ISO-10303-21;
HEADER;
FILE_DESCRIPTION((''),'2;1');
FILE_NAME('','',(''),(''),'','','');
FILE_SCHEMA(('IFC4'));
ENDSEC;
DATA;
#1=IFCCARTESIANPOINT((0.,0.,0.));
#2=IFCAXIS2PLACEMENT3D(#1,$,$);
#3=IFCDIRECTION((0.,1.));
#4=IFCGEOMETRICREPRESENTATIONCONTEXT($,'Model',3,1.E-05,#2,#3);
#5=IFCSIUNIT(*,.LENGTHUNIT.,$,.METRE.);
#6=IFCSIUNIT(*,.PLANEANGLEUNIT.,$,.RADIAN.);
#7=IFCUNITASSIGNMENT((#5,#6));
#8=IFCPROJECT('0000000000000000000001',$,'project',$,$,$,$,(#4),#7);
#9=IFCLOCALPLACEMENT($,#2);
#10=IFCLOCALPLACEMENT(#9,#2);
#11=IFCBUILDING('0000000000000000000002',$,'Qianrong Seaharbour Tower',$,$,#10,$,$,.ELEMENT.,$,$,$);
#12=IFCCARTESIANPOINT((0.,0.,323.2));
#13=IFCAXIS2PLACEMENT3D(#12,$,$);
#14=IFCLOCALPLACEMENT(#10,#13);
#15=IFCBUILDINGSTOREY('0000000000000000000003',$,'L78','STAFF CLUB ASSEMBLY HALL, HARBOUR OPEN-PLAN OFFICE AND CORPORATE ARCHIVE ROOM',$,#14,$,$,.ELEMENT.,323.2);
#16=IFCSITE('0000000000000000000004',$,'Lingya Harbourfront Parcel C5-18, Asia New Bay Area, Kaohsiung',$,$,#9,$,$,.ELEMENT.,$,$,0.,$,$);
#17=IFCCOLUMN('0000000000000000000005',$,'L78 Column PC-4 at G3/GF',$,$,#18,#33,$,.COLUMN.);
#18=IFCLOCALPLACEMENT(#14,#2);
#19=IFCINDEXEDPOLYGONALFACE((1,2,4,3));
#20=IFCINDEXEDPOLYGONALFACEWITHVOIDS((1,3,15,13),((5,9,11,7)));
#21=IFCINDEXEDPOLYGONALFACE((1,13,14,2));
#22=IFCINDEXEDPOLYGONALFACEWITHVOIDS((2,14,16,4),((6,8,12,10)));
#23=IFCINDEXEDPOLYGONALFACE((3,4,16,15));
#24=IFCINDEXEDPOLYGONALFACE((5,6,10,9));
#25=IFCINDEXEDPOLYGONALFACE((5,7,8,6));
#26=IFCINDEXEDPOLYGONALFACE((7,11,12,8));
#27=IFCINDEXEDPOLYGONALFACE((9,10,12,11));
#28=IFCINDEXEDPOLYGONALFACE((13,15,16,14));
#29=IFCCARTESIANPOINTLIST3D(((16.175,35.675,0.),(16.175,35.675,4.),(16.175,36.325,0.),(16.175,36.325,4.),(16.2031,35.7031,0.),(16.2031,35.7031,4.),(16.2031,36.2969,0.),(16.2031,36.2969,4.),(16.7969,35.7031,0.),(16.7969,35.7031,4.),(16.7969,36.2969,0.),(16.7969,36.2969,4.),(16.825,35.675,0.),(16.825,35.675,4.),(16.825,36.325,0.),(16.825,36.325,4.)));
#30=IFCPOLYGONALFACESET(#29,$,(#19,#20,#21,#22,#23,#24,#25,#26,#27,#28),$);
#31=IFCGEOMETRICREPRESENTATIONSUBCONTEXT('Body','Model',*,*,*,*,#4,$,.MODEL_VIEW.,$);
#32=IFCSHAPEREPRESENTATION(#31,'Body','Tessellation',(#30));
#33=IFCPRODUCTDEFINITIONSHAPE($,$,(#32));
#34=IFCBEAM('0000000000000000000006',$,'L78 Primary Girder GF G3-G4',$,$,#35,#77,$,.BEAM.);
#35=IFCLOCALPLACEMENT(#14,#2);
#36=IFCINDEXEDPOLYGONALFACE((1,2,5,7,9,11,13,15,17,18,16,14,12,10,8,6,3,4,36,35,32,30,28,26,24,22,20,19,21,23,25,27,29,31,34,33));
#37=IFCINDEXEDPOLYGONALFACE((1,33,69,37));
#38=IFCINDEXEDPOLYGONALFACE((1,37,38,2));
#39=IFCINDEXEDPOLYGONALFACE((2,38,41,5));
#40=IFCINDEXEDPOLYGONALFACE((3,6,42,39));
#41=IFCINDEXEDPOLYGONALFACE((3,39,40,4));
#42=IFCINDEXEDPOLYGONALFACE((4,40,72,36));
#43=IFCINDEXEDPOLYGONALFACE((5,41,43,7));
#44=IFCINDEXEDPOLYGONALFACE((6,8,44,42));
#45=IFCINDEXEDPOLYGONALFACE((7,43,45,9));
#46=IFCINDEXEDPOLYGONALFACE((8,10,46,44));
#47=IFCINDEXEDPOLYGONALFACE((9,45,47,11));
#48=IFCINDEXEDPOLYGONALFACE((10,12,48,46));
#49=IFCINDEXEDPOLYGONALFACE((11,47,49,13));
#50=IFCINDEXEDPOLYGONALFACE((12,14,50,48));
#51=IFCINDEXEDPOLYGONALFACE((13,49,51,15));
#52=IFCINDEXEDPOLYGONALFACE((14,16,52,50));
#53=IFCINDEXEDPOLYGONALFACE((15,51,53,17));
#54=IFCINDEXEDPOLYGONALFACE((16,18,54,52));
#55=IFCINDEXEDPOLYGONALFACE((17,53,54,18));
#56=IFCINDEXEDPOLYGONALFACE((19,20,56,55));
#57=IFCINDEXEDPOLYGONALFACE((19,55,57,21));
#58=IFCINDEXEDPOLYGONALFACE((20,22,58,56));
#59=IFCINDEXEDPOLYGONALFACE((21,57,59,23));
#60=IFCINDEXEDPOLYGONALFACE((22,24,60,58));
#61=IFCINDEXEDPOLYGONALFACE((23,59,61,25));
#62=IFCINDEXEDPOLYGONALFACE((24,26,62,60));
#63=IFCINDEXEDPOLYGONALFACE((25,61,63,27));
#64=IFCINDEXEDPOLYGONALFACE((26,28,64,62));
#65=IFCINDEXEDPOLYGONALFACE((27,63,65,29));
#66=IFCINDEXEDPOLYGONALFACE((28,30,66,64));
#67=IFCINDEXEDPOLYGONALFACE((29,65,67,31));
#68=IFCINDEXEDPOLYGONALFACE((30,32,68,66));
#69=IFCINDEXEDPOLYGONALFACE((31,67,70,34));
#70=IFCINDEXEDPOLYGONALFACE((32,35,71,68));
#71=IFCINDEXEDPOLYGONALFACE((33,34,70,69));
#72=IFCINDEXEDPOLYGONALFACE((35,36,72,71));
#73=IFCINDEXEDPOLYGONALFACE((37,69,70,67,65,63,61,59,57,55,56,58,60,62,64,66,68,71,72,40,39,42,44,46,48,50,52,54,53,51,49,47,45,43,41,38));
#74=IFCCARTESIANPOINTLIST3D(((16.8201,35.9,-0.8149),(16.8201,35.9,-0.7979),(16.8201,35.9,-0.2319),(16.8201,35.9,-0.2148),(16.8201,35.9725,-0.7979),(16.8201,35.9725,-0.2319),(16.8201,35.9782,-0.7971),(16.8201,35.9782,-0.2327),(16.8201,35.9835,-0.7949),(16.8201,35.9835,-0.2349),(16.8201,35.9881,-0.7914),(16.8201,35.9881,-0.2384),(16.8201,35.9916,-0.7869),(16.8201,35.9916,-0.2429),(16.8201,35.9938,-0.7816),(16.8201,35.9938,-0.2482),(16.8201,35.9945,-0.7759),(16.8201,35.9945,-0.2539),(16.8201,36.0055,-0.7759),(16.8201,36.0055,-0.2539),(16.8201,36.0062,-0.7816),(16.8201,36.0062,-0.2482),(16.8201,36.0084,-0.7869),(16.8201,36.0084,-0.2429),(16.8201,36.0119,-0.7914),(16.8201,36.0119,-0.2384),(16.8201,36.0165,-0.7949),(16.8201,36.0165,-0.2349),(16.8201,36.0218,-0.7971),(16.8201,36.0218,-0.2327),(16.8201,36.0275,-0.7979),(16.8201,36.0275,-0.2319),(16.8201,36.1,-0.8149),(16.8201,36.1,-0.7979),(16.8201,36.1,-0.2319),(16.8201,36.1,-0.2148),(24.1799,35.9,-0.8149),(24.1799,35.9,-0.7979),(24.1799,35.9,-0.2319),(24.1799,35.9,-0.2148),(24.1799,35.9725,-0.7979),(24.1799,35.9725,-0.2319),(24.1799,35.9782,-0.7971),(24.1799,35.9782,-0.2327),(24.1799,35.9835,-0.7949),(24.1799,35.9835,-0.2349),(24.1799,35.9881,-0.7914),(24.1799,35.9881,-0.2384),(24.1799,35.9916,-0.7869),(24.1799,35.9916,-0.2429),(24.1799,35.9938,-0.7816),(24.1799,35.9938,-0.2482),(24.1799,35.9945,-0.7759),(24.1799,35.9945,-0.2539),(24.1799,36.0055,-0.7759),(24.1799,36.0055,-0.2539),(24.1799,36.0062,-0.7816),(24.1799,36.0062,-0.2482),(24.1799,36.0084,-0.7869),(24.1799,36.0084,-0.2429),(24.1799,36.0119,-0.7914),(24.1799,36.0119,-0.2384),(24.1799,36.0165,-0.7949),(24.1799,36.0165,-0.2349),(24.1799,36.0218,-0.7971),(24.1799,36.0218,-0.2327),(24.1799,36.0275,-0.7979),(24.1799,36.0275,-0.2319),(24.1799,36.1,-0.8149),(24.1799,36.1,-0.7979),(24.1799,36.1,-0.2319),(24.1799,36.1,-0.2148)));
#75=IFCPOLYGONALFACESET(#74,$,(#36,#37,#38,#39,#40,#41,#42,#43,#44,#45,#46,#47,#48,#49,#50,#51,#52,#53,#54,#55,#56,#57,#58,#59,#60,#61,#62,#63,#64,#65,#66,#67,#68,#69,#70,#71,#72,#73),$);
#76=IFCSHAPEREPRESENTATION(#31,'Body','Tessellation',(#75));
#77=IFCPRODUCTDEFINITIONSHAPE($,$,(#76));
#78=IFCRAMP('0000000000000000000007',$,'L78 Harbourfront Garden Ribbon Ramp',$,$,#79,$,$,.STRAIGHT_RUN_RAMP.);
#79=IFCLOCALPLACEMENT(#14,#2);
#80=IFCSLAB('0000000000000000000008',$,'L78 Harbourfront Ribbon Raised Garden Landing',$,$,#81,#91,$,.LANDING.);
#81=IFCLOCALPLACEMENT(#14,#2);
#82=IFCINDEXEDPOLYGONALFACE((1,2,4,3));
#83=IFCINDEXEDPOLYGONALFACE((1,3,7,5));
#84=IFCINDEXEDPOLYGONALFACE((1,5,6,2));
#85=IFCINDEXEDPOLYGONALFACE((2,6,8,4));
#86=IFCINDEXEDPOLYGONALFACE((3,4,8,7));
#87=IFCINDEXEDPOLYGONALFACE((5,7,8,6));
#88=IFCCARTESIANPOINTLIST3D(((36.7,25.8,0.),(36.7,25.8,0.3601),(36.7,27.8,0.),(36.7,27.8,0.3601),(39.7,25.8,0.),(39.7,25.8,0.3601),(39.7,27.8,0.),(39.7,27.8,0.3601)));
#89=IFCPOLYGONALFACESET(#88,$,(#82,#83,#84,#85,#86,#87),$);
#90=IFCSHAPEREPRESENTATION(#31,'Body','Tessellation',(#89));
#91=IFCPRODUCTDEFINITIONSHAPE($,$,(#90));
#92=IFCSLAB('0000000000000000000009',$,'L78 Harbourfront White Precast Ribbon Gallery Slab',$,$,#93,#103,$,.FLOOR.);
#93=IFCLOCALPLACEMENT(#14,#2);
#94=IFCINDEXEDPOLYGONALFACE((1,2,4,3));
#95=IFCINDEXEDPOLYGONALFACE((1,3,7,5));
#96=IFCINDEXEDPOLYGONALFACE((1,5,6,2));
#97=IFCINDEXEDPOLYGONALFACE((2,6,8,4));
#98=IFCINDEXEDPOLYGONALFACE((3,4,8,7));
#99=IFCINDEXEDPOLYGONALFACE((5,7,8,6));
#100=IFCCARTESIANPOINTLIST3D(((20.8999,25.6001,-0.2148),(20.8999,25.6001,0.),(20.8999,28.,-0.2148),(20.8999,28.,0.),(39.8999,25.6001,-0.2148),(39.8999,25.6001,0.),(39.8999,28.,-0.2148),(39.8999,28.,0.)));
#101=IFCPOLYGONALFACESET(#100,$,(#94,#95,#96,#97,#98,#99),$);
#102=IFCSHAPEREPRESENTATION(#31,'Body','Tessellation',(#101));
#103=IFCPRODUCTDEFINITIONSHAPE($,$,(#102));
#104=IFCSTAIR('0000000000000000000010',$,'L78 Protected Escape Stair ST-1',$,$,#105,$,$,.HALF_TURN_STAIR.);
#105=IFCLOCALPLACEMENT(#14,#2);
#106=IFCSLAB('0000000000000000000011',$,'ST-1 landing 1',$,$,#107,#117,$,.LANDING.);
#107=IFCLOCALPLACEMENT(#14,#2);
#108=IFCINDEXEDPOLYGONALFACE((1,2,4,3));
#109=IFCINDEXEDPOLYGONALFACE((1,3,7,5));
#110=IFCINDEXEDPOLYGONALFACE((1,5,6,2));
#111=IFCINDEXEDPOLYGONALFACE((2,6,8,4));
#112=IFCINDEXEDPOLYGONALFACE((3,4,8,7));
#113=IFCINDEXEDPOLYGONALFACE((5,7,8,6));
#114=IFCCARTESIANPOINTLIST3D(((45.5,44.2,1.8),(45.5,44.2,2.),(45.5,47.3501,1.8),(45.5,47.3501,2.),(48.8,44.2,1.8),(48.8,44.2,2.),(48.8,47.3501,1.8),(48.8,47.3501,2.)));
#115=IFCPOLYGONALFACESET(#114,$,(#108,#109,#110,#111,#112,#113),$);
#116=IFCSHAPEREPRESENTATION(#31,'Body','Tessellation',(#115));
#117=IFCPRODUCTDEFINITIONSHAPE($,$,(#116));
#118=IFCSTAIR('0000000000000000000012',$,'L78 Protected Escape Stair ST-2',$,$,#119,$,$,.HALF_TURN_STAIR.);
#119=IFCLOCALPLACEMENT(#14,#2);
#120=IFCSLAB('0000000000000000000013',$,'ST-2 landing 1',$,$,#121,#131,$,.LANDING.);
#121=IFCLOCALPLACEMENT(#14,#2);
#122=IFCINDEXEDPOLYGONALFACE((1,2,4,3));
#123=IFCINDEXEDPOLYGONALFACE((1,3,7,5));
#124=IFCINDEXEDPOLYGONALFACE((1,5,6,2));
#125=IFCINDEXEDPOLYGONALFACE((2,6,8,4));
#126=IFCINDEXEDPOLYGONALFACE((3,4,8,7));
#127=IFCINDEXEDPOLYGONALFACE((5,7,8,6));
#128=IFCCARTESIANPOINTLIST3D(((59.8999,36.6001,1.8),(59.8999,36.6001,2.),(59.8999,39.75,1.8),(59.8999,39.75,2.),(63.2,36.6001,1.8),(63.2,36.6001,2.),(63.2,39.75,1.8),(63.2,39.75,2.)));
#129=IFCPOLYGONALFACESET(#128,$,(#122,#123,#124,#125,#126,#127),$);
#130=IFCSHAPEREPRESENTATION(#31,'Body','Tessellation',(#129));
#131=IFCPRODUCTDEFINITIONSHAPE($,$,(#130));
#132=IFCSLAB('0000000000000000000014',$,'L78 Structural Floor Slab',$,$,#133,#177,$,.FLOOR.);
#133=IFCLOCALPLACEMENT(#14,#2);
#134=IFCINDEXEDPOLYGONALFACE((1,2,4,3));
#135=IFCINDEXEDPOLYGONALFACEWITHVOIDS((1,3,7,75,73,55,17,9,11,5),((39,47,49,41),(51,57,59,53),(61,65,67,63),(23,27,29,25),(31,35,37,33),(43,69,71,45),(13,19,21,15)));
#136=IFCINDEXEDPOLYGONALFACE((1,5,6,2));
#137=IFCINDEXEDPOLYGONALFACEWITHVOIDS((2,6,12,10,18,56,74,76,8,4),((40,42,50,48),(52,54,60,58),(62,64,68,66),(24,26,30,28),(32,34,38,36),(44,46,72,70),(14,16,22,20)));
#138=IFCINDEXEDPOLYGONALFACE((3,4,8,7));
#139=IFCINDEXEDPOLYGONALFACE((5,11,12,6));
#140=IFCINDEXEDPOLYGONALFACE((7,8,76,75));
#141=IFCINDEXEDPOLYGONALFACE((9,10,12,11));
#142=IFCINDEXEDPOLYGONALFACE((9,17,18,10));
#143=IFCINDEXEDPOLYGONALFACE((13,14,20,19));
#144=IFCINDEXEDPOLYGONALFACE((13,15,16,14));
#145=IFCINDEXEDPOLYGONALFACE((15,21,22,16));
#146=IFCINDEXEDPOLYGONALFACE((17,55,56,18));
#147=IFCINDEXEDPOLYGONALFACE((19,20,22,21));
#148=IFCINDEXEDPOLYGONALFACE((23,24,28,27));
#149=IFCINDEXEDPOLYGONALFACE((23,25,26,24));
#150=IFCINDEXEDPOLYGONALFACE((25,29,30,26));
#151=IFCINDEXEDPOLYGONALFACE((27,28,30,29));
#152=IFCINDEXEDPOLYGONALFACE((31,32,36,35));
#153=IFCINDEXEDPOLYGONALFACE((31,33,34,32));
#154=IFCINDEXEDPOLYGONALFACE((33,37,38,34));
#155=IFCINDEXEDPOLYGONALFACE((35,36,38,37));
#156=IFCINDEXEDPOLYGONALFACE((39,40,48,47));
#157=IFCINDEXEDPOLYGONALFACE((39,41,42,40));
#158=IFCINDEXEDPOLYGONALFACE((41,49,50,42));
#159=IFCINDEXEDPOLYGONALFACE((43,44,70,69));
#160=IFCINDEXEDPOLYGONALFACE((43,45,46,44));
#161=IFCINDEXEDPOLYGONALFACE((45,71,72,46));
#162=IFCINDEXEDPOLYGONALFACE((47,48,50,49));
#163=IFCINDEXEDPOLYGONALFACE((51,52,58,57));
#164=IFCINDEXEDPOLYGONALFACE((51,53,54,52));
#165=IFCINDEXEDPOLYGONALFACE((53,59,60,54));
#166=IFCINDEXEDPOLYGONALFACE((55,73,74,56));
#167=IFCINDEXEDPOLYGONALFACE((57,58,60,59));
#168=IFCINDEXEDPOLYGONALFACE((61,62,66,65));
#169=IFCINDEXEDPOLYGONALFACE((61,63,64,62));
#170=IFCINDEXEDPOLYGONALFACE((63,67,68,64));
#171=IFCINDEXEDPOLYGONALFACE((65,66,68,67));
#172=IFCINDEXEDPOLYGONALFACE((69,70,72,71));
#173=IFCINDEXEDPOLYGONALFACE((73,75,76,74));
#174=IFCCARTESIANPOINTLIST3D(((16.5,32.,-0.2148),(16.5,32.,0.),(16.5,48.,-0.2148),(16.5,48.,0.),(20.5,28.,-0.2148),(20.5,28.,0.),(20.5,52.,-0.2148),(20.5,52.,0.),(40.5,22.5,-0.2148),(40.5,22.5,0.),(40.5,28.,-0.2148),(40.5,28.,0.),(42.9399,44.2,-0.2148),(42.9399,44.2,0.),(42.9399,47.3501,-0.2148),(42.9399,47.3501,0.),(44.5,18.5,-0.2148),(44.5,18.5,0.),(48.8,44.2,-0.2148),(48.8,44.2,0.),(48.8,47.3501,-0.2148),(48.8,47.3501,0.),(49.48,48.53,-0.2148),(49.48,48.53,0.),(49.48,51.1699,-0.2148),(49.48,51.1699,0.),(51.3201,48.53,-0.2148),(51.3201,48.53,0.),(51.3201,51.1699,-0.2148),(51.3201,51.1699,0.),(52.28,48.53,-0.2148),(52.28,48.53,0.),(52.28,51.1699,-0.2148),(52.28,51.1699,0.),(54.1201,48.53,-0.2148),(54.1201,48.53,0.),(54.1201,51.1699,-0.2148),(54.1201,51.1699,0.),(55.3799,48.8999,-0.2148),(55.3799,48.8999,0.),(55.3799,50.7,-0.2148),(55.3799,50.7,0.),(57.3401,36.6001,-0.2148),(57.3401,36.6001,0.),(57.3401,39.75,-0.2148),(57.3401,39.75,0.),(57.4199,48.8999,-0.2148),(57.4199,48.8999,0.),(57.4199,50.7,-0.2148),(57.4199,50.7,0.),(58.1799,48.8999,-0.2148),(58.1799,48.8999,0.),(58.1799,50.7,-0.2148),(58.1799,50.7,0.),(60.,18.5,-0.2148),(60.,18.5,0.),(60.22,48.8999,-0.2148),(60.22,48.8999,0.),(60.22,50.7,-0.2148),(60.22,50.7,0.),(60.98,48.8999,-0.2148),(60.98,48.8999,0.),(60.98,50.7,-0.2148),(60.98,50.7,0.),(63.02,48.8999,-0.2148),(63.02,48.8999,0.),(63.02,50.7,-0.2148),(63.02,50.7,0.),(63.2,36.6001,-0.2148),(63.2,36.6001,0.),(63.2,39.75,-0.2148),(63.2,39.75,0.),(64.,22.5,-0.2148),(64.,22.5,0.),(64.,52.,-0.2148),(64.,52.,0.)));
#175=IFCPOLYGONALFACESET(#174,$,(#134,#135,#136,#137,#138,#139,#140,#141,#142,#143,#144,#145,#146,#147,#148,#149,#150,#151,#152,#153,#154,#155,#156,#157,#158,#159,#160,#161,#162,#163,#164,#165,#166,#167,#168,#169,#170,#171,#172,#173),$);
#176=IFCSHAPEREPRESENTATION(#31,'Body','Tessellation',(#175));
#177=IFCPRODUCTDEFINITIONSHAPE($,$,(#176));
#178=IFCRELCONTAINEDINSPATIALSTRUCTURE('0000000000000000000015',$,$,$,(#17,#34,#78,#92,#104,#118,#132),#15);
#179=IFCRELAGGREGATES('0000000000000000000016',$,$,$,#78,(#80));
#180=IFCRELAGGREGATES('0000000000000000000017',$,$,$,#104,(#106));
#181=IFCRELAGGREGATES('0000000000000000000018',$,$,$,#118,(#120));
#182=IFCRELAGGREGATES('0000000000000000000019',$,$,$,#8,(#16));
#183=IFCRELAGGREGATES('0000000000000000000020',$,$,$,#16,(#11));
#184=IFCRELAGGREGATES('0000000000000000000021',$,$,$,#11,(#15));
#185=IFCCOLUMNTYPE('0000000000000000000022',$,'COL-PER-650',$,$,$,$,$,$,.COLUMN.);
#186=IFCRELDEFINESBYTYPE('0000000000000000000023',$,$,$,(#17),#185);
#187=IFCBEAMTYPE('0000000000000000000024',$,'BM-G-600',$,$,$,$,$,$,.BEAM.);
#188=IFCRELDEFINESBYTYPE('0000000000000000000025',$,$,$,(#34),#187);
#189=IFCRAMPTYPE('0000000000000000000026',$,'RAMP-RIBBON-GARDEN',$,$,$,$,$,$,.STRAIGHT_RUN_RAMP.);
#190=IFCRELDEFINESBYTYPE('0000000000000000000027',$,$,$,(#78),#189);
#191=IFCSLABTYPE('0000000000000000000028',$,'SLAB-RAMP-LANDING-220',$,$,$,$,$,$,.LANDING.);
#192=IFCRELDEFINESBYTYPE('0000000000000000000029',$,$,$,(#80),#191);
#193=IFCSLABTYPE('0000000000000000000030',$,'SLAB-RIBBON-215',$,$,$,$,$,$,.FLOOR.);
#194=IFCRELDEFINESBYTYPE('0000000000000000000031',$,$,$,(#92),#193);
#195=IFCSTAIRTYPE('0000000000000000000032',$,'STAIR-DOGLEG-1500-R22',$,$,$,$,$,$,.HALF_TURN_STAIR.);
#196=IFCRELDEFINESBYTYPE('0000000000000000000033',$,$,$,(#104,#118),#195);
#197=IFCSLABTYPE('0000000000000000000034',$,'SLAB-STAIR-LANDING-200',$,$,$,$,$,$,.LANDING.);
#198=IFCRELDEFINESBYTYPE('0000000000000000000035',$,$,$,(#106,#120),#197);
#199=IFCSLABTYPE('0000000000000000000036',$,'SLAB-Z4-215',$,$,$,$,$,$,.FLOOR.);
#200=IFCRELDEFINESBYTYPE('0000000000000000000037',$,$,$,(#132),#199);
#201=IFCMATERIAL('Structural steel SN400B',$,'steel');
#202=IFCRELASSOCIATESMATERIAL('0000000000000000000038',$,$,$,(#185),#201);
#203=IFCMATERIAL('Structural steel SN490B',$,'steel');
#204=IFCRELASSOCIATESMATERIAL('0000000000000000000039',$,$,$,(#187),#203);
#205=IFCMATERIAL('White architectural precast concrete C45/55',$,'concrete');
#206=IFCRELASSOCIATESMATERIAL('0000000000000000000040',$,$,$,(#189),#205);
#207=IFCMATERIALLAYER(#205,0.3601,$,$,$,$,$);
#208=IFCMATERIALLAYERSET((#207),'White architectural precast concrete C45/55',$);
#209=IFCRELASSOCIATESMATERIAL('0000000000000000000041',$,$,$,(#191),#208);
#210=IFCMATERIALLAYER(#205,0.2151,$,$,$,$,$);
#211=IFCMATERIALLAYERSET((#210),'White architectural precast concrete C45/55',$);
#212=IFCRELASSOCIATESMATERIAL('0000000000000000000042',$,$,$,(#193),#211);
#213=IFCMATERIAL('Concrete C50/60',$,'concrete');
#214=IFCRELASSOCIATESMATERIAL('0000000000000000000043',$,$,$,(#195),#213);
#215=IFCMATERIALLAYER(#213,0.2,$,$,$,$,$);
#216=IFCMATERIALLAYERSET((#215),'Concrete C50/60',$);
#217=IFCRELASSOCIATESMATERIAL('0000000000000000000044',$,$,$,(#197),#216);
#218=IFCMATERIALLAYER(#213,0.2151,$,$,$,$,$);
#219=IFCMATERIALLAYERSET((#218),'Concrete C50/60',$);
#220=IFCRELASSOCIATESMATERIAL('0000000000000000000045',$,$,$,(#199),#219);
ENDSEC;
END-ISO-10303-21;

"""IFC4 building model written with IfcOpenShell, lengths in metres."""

from ifc_helpers import new_model, si_unit, direction, frame, origin, origin_2d, place, context, subcontext, project, spatial, polyline, hollow_rectangle, i_section, outline, extrude, material, layer, layer_set, material_profile, profile_set, type_object, element, aggregate, save


model = new_model("IFC4")

# Units and contexts
model_context = context("Model", 3, precision=1e-05, world=origin(), true_north=direction((0.0, 1.0)))
body_context = subcontext(model_context, "Body", "Model", "MODEL_VIEW")
ifc_project = project(units=[si_unit("LENGTHUNIT", "METRE"), si_unit("PLANEANGLEUNIT", "RADIAN")], contexts=[model_context])

# Site, building, storey
site_placement = place(None, origin())
site = spatial("IfcSite", under=ifc_project, at=site_placement, Name="Lingya Harbourfront Parcel C5-18, Asia New Bay Area, Kaohsiung", CompositionType="ELEMENT", RefElevation=0.0)
building_placement = place(site_placement, origin())
building = spatial("IfcBuilding", under=site, at=building_placement, Name="Qianrong Seaharbour Tower", CompositionType="ELEMENT")
storey_placement = place(building_placement, frame((0.0, 0.0, 323.2)))
storey = spatial("IfcBuildingStorey", under=building, at=storey_placement, Name="L78", Description="STAFF CLUB ASSEMBLY HALL, HARBOUR OPEN-PLAN OFFICE AND CORPORATE ARCHIVE ROOM", CompositionType="ELEMENT", Elevation=323.2)

# Column
ifc_material_1 = material(Name="Structural steel SN400B", Category="steel")
ifc_material_profile_1 = material_profile(ifc_material_1, hollow_rectangle(XDim=0.6499, YDim=0.6499, WallThickness=0.0281, at=origin_2d()), Name="BOX650x650x28")
ifc_profile_set_1 = profile_set([ifc_material_profile_1], Name="Structural steel SN400B")
column_type = type_object("IfcColumnType", Name="COL-PER-650", PredefinedType="COLUMN", material=ifc_profile_set_1)
column_placement = place(storey_placement, frame((16.5, 36.0, 0.0), z_axis=(0.0, 0.0, 1.0), x_axis=(1.0, 0.0, 0.0)))
element("IfcColumn", 1, at=column_placement, inside=storey, type_object=column_type, Name="L78 Column PC-4 at G3/GF", PredefinedType="COLUMN", context=body_context, shape_type="SweptSolid", body=[
    extrude(hollow_rectangle(XDim=0.6499, YDim=0.6499, WallThickness=0.0281, at=origin_2d()), origin(), (0.0, 0.0, 1.0), 4.0),
])

# Beam
ifc_material_2 = material(Name="Structural steel SN490B", Category="steel")
ifc_material_profile_2 = material_profile(ifc_material_2, i_section(OverallWidth=0.2, OverallDepth=0.6001, WebThickness=0.011, FlangeThickness=0.0171, FilletRadius=0.022, at=origin_2d()), Name="H600x200x11x17")
ifc_profile_set_2 = profile_set([ifc_material_profile_2], Name="Structural steel SN490B")
beam_type = type_object("IfcBeamType", Name="BM-G-600", PredefinedType="BEAM", material=ifc_profile_set_2)
beam_placement = place(storey_placement, frame((16.8201, 36.0, -0.5149), z_axis=(1.0, 0.0, 0.0), x_axis=(0.0, 1.0, 0.0)))
element("IfcBeam", 2, at=beam_placement, inside=storey, type_object=beam_type, Name="L78 Primary Girder GF G3-G4", PredefinedType="BEAM", context=body_context, shape_type="SweptSolid", body=[
    extrude(i_section(OverallWidth=0.2, OverallDepth=0.6001, WebThickness=0.011, FlangeThickness=0.0171, FilletRadius=0.022, at=origin_2d()), origin(), (0.0, 0.0, 1.0), 7.3599),
])

# Ramp, slab
ifc_material_3 = material(Name="White architectural precast concrete C45/55", Category="concrete")
ramp_type = type_object("IfcRampType", Name="RAMP-RIBBON-GARDEN", PredefinedType="STRAIGHT_RUN_RAMP", material=ifc_material_3)
ramp_placement = place(storey_placement, origin())
ramp = element("IfcRamp", 3, at=ramp_placement, inside=storey, type_object=ramp_type, Name="L78 Harbourfront Garden Ribbon Ramp", PredefinedType="STRAIGHT_RUN_RAMP")
ifc_layer_1 = layer(ifc_material_3, 0.3601)
ifc_layer_set_1 = layer_set([ifc_layer_1], Name="White architectural precast concrete C45/55")
slab_type_1 = type_object("IfcSlabType", Name="SLAB-RAMP-LANDING-220", PredefinedType="LANDING", material=ifc_layer_set_1)
slab_1_placement = place(storey_placement, origin())
slab_1 = element("IfcSlab", 4, at=slab_1_placement, type_object=slab_type_1, Name="L78 Harbourfront Ribbon Raised Garden Landing", PredefinedType="LANDING", context=body_context, shape_type="SweptSolid", body=[
    extrude(outline(polyline([(36.7, 25.8), (39.7, 25.8), (39.7, 27.8), (36.7, 27.8), (36.7, 25.8)])), origin(), (0.0, 0.0, 1.0), 0.3601),
])
aggregate(ramp, [slab_1])

# Slab
ifc_layer_2 = layer(ifc_material_3, 0.2151)
ifc_layer_set_2 = layer_set([ifc_layer_2], Name="White architectural precast concrete C45/55")
slab_type_2 = type_object("IfcSlabType", Name="SLAB-RIBBON-215", PredefinedType="FLOOR", material=ifc_layer_set_2)
slab_2_placement = place(storey_placement, frame((0.0, 0.0, -0.2148)))
element("IfcSlab", 5, at=slab_2_placement, inside=storey, type_object=slab_type_2, Name="L78 Harbourfront White Precast Ribbon Gallery Slab", PredefinedType="FLOOR", context=body_context, shape_type="SweptSolid", body=[
    extrude(outline(polyline([(20.8999, 25.6001), (39.8999, 25.6001), (39.8999, 28.0), (20.8999, 28.0), (20.8999, 25.6001)])), origin(), (0.0, 0.0, 1.0), 0.2148),
])

# Stairs, slabs
ifc_material_4 = material(Name="Concrete C50/60", Category="concrete")
stair_type = type_object("IfcStairType", Name="STAIR-DOGLEG-1500-R22", PredefinedType="HALF_TURN_STAIR", material=ifc_material_4)
stair_1_placement = place(storey_placement, origin())
stair_1 = element("IfcStair", 6, at=stair_1_placement, inside=storey, type_object=stair_type, Name="L78 Protected Escape Stair ST-1", PredefinedType="HALF_TURN_STAIR")
ifc_layer_3 = layer(ifc_material_4, 0.2)
ifc_layer_set_3 = layer_set([ifc_layer_3], Name="Concrete C50/60")
slab_type_3 = type_object("IfcSlabType", Name="SLAB-STAIR-LANDING-200", PredefinedType="LANDING", material=ifc_layer_set_3)
slab_3_placement = place(storey_placement, frame((0.0, 0.0, 1.8)))
slab_3 = element("IfcSlab", 7, at=slab_3_placement, type_object=slab_type_3, Name="ST-1 landing 1", PredefinedType="LANDING", context=body_context, shape_type="SweptSolid", body=[
    extrude(outline(polyline([(45.5, 44.2), (48.8, 44.2), (48.8, 47.3501), (45.5, 47.3501), (45.5, 44.2)])), origin(), (0.0, 0.0, 1.0), 0.2),
])
aggregate(stair_1, [slab_3])
stair_2_placement = place(storey_placement, origin())
stair_2 = element("IfcStair", 8, at=stair_2_placement, inside=storey, type_object=stair_type, Name="L78 Protected Escape Stair ST-2", PredefinedType="HALF_TURN_STAIR")
slab_4_placement = place(storey_placement, frame((0.0, 0.0, 1.8)))
slab_4 = element("IfcSlab", 9, at=slab_4_placement, type_object=slab_type_3, Name="ST-2 landing 1", PredefinedType="LANDING", context=body_context, shape_type="SweptSolid", body=[
    extrude(outline(polyline([(59.8999, 36.6001), (63.2, 36.6001), (63.2, 39.75), (59.8999, 39.75), (59.8999, 36.6001)])), origin(), (0.0, 0.0, 1.0), 0.2),
])
aggregate(stair_2, [slab_4])

# Slab
ifc_layer_4 = layer(ifc_material_4, 0.2151)
ifc_layer_set_4 = layer_set([ifc_layer_4], Name="Concrete C50/60")
slab_type_4 = type_object("IfcSlabType", Name="SLAB-Z4-215", PredefinedType="FLOOR", material=ifc_layer_set_4)
slab_5_placement = place(storey_placement, frame((0.0, 0.0, -0.2148)))
element("IfcSlab", 10, at=slab_5_placement, inside=storey, type_object=slab_type_4, Name="L78 Structural Floor Slab", PredefinedType="FLOOR", context=body_context, shape_type="SweptSolid", body=[
    extrude(outline(polyline([(44.5, 18.5), (60.0, 18.5), (64.0, 22.5), (64.0, 52.0), (20.5, 52.0), (16.5, 48.0), (16.5, 32.0), (20.5, 28.0), (40.5, 28.0), (40.5, 22.5), (44.5, 18.5)]), holes=[polyline([(42.9399, 44.2), (42.9399, 47.3501), (48.8, 47.3501), (48.8, 44.2), (42.9399, 44.2)]), polyline([(57.3401, 36.6001), (57.3401, 39.75), (63.2, 39.75), (63.2, 36.6001), (57.3401, 36.6001)]), polyline([(49.48, 48.53), (49.48, 51.1699), (51.3201, 51.1699), (51.3201, 48.53), (49.48, 48.53)]), polyline([(52.28, 48.53), (52.28, 51.1699), (54.1201, 51.1699), (54.1201, 48.53), (52.28, 48.53)]), polyline([(55.3799, 48.8999), (55.3799, 50.7), (57.4199, 50.7), (57.4199, 48.8999), (55.3799, 48.8999)]), polyline([(58.1799, 48.8999), (58.1799, 50.7), (60.22, 50.7), (60.22, 48.8999), (58.1799, 48.8999)]), polyline([(60.98, 48.8999), (60.98, 50.7), (63.02, 50.7), (63.02, 48.8999), (60.98, 48.8999)])]), origin(), (0.0, 0.0, 1.0), 0.2148),
])

save(model, "model.ifc")
